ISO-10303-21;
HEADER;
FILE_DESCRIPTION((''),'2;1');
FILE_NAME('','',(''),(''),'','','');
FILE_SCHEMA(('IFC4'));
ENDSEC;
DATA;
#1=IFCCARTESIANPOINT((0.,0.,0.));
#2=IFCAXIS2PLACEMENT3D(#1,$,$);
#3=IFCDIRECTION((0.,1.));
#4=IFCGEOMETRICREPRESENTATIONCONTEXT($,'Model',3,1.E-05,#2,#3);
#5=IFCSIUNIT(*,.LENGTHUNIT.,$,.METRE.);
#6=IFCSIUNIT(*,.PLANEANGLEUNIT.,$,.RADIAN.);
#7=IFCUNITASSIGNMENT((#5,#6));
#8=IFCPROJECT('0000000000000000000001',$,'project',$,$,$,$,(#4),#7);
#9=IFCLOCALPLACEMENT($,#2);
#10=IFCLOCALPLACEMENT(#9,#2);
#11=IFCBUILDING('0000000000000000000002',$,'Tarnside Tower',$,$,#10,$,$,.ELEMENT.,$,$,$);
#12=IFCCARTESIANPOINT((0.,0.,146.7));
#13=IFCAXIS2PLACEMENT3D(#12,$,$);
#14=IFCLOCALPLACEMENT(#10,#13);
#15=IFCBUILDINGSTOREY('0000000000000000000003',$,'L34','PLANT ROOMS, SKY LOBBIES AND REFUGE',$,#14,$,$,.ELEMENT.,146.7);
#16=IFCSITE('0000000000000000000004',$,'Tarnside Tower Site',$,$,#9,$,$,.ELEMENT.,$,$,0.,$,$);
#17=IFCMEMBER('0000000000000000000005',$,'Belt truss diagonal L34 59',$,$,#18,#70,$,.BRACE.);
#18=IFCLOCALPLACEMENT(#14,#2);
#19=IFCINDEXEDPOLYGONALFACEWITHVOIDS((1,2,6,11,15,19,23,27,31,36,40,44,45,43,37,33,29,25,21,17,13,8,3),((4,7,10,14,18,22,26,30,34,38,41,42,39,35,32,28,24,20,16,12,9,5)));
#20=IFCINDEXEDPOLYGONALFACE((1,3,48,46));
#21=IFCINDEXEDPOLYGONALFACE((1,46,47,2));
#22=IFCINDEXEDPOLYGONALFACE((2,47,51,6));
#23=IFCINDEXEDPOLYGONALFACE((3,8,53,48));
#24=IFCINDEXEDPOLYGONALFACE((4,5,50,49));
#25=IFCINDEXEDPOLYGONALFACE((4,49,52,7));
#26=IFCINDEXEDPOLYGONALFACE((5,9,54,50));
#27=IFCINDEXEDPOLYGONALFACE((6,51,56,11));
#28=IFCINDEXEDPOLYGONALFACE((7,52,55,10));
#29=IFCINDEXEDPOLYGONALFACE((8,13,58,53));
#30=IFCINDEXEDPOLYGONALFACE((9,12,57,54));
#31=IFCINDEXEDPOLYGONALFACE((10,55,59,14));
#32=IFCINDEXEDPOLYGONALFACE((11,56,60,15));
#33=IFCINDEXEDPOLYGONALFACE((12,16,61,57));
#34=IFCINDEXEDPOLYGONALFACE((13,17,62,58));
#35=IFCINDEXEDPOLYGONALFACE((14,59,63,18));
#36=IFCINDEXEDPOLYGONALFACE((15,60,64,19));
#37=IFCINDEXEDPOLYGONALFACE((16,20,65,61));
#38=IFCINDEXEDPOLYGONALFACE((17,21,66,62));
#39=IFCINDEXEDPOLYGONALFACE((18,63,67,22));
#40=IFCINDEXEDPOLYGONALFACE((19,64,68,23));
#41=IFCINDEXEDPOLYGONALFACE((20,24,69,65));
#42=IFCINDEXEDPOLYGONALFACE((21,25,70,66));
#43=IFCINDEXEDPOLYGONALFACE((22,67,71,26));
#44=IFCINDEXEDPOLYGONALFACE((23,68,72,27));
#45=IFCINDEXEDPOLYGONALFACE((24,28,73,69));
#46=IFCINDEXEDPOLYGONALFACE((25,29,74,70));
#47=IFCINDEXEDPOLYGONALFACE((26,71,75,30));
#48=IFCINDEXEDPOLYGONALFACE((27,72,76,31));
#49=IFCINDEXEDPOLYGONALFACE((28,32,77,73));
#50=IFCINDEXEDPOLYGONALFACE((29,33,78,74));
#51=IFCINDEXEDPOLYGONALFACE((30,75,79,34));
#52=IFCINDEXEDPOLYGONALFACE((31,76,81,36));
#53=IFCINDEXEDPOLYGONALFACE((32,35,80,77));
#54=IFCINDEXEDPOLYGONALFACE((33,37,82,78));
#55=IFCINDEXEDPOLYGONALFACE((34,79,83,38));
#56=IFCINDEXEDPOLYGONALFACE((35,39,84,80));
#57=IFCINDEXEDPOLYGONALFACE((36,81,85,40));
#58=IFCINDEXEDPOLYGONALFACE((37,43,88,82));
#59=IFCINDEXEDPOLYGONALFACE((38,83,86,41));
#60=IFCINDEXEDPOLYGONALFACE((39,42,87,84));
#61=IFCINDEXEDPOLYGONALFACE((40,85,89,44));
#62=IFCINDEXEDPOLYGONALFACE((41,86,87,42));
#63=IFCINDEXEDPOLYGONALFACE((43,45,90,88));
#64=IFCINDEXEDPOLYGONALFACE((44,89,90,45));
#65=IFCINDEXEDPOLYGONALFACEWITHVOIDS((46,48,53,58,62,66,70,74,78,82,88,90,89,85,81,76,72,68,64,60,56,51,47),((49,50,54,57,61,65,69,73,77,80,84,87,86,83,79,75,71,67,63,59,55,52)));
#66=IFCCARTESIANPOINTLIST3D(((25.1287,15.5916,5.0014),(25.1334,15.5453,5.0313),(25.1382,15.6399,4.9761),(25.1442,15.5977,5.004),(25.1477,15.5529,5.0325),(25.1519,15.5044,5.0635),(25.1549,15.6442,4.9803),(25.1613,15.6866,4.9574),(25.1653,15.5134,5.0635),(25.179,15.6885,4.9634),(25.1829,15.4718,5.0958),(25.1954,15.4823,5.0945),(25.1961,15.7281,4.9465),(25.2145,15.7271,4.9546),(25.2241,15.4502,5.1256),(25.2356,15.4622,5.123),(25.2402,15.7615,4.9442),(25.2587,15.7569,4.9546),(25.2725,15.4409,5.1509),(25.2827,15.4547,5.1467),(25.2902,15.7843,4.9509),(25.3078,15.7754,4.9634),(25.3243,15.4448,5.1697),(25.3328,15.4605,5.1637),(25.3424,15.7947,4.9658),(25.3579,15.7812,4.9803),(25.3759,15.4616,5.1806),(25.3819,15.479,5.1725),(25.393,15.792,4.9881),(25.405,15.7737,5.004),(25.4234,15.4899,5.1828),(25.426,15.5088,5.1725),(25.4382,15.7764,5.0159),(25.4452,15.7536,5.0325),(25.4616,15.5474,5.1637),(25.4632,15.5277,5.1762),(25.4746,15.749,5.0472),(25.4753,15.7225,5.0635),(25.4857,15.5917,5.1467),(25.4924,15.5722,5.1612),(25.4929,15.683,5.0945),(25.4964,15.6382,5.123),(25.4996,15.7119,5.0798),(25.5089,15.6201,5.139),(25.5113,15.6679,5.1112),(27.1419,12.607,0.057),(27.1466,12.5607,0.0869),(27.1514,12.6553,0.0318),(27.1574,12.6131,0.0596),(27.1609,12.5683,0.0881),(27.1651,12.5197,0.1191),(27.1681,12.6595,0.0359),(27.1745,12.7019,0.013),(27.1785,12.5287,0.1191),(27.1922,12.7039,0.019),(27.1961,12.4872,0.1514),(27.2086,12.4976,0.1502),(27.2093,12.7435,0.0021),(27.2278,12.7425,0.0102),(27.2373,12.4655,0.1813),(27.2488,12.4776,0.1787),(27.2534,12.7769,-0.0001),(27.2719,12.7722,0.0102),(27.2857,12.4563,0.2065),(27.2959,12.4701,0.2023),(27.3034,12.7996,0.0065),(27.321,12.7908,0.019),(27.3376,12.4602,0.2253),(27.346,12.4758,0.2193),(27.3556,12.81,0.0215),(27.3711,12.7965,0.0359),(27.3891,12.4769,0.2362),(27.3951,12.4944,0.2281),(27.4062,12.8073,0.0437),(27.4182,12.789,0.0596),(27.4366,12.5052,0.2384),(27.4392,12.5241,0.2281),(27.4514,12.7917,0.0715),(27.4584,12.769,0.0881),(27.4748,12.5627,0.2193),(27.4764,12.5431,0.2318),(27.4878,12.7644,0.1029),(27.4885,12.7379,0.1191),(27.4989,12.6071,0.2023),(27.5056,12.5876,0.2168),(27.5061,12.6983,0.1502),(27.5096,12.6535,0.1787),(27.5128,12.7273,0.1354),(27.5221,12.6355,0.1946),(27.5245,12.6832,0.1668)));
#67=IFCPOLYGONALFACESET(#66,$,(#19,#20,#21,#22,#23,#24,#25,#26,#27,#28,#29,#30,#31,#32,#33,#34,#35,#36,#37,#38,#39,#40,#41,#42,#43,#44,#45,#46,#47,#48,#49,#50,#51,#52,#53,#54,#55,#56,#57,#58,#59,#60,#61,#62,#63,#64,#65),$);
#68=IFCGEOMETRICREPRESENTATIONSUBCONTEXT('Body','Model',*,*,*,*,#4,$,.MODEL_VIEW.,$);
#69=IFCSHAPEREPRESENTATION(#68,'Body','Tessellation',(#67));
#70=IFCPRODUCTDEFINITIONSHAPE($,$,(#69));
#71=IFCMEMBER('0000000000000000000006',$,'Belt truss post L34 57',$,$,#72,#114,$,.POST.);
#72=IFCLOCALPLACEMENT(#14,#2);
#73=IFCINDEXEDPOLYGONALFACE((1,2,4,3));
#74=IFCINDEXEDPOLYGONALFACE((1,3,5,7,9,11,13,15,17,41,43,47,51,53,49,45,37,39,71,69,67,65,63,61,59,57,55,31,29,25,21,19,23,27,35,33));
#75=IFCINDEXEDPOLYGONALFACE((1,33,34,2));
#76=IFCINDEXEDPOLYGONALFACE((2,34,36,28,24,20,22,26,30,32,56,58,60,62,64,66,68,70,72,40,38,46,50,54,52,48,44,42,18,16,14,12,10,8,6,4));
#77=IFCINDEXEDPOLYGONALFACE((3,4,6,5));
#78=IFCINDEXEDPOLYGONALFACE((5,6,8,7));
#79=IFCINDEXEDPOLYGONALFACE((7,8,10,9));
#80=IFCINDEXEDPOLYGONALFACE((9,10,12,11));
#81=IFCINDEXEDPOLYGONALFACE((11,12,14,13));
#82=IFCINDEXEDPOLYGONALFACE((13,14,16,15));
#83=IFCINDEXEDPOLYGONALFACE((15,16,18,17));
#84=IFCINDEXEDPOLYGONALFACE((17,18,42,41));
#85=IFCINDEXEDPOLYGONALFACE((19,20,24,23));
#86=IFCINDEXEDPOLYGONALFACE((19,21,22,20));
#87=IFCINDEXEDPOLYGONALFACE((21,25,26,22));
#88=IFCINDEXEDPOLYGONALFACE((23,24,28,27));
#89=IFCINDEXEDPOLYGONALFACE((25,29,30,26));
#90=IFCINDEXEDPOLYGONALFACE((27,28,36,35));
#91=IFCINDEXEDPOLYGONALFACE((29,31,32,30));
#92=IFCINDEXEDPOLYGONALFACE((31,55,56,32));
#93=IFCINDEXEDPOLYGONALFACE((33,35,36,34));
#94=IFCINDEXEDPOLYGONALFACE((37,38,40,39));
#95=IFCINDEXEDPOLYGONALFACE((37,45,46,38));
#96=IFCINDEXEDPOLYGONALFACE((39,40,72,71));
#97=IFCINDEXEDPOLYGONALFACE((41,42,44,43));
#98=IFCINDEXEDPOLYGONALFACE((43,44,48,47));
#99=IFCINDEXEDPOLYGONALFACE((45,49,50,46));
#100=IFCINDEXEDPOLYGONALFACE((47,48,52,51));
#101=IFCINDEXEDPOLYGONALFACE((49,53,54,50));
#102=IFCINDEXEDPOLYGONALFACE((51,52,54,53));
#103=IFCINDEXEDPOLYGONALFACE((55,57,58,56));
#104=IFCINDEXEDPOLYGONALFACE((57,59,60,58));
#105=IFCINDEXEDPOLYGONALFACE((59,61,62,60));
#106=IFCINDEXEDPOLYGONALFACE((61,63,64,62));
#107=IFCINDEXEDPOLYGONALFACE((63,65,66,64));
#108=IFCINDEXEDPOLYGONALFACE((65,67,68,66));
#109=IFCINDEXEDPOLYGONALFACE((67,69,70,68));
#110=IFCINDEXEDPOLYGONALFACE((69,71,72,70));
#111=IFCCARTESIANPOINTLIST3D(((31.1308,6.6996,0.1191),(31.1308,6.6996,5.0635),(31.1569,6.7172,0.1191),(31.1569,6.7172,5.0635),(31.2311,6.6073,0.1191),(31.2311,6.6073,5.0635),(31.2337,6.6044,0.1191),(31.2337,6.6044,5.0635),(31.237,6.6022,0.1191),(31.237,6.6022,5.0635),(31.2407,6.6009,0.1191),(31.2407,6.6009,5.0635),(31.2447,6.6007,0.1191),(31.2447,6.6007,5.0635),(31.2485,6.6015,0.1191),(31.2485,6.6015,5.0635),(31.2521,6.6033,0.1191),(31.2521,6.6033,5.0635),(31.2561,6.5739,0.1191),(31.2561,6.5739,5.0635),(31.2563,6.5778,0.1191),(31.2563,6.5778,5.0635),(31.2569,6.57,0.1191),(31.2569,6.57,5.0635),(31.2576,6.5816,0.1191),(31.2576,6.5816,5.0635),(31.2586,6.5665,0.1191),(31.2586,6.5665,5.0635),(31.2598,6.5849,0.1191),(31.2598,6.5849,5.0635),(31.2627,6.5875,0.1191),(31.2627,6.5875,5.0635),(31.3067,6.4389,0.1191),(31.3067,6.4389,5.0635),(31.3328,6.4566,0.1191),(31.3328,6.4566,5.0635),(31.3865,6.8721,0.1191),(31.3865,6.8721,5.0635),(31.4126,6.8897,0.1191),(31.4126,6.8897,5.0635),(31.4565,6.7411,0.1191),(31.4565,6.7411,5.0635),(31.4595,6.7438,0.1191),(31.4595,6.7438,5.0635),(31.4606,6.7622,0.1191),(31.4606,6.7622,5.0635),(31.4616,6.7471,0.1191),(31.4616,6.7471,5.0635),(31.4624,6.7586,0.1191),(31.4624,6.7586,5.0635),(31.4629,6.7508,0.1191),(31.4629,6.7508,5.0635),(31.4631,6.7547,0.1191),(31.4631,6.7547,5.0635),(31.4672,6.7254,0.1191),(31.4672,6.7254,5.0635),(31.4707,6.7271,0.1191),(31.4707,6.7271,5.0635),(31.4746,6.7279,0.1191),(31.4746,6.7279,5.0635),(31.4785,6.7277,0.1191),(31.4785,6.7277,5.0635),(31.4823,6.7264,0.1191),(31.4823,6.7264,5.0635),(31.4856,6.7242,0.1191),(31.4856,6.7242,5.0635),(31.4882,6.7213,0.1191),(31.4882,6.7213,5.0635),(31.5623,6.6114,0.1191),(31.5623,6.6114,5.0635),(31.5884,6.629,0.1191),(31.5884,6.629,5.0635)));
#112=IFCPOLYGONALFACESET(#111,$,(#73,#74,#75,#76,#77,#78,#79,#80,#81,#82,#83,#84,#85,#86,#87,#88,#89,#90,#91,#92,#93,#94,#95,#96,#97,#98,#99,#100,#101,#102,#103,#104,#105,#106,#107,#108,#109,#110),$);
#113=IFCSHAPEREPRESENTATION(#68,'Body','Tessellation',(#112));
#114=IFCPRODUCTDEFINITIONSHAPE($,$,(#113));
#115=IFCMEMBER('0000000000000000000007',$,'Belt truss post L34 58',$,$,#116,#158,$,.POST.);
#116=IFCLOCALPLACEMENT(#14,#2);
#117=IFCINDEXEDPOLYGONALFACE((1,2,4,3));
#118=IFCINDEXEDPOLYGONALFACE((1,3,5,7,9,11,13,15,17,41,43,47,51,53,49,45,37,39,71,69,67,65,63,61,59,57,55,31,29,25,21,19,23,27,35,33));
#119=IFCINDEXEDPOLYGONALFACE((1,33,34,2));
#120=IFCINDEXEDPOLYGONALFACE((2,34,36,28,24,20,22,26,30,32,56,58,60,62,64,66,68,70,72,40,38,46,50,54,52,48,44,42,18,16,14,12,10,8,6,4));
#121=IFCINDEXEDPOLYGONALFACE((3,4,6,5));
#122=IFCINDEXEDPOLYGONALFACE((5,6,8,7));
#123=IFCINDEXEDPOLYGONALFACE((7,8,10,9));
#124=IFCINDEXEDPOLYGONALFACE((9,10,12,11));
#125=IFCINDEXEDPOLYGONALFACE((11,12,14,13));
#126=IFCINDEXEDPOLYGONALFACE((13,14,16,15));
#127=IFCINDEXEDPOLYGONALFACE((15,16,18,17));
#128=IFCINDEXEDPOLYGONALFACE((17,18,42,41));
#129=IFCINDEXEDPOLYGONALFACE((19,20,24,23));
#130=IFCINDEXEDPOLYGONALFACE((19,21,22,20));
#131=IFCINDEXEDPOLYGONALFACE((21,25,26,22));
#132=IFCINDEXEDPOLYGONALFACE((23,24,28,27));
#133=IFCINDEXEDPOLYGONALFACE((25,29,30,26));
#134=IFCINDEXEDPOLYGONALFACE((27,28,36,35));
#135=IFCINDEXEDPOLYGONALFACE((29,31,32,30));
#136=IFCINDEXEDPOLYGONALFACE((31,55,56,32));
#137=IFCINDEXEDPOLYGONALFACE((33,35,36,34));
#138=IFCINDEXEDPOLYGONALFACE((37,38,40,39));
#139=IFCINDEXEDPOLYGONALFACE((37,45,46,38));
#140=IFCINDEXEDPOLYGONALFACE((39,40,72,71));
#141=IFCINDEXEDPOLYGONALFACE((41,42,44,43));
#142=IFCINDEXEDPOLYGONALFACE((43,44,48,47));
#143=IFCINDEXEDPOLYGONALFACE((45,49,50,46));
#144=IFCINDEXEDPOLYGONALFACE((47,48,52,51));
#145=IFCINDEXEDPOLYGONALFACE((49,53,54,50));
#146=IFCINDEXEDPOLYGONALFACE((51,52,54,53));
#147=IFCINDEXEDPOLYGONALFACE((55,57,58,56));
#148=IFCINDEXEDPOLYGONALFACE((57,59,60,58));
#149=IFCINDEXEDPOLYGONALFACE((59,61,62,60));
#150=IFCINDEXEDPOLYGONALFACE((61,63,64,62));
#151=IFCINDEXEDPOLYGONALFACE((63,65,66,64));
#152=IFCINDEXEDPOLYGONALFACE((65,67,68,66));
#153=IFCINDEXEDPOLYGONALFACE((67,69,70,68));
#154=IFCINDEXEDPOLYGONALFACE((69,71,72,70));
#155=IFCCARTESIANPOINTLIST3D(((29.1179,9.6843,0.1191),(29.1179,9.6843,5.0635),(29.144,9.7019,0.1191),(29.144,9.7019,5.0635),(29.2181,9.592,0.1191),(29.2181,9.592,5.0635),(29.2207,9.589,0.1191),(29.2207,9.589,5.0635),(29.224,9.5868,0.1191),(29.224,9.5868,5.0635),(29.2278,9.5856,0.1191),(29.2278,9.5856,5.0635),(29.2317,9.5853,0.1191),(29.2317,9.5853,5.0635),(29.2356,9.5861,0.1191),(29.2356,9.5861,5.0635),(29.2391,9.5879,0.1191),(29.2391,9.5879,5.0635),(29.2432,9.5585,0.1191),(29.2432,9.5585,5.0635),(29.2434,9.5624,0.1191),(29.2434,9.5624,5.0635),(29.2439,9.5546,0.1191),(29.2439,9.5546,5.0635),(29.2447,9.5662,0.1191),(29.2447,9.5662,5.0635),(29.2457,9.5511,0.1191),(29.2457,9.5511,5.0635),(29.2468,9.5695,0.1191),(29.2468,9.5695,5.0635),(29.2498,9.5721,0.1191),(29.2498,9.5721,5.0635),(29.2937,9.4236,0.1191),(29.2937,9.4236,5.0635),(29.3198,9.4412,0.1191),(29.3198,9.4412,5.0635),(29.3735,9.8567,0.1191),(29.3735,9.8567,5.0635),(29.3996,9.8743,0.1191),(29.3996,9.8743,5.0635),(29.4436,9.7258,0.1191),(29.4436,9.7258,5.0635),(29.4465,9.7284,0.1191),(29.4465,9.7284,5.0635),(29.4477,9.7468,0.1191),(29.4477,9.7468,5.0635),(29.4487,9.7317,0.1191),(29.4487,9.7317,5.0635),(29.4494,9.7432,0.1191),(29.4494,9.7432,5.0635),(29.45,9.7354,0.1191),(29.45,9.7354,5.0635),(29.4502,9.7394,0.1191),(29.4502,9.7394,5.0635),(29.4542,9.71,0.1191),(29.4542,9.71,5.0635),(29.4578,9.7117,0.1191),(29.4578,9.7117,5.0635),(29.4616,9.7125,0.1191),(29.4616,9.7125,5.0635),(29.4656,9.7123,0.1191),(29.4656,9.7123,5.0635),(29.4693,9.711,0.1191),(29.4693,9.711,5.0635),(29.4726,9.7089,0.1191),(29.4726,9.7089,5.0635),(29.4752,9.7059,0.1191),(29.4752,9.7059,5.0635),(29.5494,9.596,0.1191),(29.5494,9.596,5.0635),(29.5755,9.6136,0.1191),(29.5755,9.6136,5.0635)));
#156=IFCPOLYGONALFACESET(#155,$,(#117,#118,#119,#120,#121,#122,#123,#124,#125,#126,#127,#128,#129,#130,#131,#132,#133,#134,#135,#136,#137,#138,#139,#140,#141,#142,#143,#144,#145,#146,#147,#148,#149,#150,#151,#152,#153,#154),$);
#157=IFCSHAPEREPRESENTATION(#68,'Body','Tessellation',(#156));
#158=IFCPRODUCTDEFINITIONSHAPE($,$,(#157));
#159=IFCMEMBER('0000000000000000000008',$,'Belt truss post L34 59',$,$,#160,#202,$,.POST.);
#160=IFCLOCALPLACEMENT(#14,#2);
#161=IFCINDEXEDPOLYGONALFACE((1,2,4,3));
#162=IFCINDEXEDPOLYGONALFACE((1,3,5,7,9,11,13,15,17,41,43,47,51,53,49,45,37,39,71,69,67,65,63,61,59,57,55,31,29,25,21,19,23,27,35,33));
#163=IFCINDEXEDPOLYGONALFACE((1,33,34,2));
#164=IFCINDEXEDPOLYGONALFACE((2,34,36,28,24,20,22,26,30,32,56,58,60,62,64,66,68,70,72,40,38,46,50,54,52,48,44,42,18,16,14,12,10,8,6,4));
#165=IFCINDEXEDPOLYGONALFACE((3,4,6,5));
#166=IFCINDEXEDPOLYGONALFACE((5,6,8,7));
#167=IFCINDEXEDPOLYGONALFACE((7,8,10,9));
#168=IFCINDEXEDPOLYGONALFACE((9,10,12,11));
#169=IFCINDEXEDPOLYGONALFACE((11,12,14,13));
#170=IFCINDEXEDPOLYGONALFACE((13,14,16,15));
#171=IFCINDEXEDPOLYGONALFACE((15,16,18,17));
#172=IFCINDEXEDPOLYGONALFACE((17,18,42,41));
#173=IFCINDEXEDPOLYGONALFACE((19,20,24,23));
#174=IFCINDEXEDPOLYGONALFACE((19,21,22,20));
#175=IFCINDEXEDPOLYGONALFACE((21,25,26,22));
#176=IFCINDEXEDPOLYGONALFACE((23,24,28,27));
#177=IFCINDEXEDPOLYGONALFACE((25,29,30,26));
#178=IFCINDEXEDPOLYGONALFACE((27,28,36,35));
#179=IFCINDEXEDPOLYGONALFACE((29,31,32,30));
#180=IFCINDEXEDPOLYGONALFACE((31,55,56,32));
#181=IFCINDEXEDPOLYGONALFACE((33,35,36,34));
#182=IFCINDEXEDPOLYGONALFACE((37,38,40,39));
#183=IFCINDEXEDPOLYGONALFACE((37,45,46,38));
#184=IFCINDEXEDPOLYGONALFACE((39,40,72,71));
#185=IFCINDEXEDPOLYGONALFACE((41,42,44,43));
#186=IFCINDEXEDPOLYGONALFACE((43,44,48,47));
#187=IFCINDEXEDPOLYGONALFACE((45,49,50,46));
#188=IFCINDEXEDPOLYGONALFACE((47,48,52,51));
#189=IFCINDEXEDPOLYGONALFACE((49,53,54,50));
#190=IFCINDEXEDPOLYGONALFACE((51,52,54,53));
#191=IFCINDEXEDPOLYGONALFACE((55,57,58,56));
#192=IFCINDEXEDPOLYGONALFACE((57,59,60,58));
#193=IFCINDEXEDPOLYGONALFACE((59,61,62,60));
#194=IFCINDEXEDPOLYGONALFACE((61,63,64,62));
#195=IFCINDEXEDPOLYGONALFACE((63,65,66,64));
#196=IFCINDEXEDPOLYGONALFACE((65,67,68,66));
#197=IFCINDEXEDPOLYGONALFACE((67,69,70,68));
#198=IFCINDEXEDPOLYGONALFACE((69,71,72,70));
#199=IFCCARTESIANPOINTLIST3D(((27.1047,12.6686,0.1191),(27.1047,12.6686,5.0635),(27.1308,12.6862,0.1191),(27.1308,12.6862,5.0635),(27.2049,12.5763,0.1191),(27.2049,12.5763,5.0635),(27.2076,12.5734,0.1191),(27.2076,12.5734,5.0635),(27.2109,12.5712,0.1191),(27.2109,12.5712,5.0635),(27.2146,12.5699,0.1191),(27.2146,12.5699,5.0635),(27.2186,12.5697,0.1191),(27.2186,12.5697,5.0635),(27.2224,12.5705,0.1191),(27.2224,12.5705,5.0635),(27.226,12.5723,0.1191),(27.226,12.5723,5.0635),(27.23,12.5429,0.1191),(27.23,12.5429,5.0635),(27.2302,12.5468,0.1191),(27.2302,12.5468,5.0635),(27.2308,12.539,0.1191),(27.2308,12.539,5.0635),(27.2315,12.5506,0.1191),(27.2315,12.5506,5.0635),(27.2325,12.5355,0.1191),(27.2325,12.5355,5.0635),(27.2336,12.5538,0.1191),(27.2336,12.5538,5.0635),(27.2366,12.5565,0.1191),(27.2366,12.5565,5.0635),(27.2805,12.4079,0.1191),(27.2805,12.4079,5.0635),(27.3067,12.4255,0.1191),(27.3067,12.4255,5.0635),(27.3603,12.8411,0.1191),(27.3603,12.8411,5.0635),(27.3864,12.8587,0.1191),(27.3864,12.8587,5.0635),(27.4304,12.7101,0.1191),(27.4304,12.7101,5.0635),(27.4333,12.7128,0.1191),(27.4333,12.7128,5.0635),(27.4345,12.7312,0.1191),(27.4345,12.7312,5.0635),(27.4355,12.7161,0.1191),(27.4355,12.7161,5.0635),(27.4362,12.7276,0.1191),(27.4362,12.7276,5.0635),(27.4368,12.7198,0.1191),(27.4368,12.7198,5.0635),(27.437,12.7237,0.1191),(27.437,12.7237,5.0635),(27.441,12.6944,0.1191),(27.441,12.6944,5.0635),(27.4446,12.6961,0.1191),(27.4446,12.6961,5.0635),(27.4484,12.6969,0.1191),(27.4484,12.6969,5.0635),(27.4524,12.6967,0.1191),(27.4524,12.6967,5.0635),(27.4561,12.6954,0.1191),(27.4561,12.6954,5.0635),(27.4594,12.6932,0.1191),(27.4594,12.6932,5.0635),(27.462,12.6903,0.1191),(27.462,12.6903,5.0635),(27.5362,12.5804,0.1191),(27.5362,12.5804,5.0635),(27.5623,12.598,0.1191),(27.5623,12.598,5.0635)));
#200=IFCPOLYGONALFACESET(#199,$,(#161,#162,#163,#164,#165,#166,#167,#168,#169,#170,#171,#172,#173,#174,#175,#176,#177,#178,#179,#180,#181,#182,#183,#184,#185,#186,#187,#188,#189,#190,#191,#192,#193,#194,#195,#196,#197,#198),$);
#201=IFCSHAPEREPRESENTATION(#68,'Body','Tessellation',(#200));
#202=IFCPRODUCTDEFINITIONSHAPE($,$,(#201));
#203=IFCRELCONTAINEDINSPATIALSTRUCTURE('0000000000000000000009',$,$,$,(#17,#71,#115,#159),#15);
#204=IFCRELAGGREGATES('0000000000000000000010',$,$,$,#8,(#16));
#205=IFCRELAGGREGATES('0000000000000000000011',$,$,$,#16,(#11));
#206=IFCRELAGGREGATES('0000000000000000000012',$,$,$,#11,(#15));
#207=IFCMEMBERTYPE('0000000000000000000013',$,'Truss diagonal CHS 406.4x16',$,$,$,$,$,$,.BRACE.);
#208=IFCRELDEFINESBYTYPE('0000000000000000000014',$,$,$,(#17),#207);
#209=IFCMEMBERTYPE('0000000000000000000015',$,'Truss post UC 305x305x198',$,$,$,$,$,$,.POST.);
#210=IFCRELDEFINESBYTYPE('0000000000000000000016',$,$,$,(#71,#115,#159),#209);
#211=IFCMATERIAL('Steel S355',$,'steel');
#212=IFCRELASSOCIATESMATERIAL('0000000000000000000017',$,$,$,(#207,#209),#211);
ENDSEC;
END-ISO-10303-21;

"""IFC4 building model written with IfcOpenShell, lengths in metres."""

from ifc_helpers import new_model, si_unit, direction, frame, origin, origin_2d, place, context, subcontext, project, spatial, hollow_circle, i_section, extrude, material, material_profile, profile_set, type_object, element, save


model = new_model("IFC4")

# Units and contexts
model_context = context("Model", 3, precision=1e-05, world=origin(), true_north=direction((0.0, 1.0)))
body_context = subcontext(model_context, "Body", "Model", "MODEL_VIEW")
ifc_project = project(units=[si_unit("LENGTHUNIT", "METRE"), si_unit("PLANEANGLEUNIT", "RADIAN")], contexts=[model_context])

# Site, building, storey
site_placement = place(None, origin())
site = spatial("IfcSite", under=ifc_project, at=site_placement, Name="Tarnside Tower Site", CompositionType="ELEMENT", RefElevation=0.0)
building_placement = place(site_placement, origin())
building = spatial("IfcBuilding", under=site, at=building_placement, Name="Tarnside Tower", CompositionType="ELEMENT")
storey_placement = place(building_placement, frame((0.0, 0.0, 146.7)))
storey = spatial("IfcBuildingStorey", under=building, at=storey_placement, Name="L34", Description="PLANT ROOMS, SKY LOBBIES AND REFUGE", CompositionType="ELEMENT", Elevation=146.7)

# Shared definitions
ifc_material_1 = material(Name="Steel S355", Category="steel")

# Members
ifc_material_profile_1 = material_profile(ifc_material_1, hollow_circle(Radius=0.2031, WallThickness=0.0161, at=origin_2d()), Name="CHS 406.4x16")
ifc_profile_set_1 = profile_set([ifc_material_profile_1], Name="Steel S355")
member_type_1 = type_object("IfcMemberType", Name="Truss diagonal CHS 406.4x16", PredefinedType="BRACE", material=ifc_profile_set_1)
member_1_placement = place(storey_placement, frame((27.3335, 12.6333, 0.1191), z_axis=(-0.329159, 0.48799, 0.808406), x_axis=(-0.829033, -0.559199, 0.0)))
element("IfcMember", 1, at=member_1_placement, inside=storey, type_object=member_type_1, Name="Belt truss diagonal L34 59", PredefinedType="BRACE", context=body_context, shape_type="SweptSolid", body=[
    extrude(hollow_circle(Radius=0.2031, WallThickness=0.0161, at=origin_2d()), origin(), (0.0, 0.0, 1.0), 6.1162),
])
ifc_material_profile_2 = material_profile(ifc_material_1, i_section(OverallWidth=0.3145, OverallDepth=0.3398, WebThickness=0.019, FlangeThickness=0.0315, FilletRadius=0.0151, at=origin_2d()), Name="UC 305x305x198")
ifc_profile_set_2 = profile_set([ifc_material_profile_2], Name="Steel S355")
member_type_2 = type_object("IfcMemberType", Name="Truss post UC 305x305x198", PredefinedType="POST", material=ifc_profile_set_2)
for number, where, z_axis, x_axis, name in (
    (2, (31.3596, 6.6643, 0.1191), (0.0, 0.0, 1.0), (-0.559193, 0.829038, 0.0), "Belt truss post L34 57"),
    (3, (29.3467, 9.6489, 0.1191), (0.0, 0.0, 1.0), (-0.559193, 0.829038, 0.0), "Belt truss post L34 58"),
    (4, (27.3335, 12.6333, 0.1191), (0.0, 0.0, 1.0), (-0.559193, 0.829038, 0.0), "Belt truss post L34 59"),
):
    element("IfcMember", number, at=place(storey_placement, frame(where, z_axis=z_axis, x_axis=x_axis)), inside=storey, type_object=member_type_2, Name=name, PredefinedType="POST", context=body_context, shape_type="SweptSolid", body=[
        extrude(i_section(OverallWidth=0.3145, OverallDepth=0.3398, WebThickness=0.019, FlangeThickness=0.0315, FilletRadius=0.0151, at=origin_2d()), origin(), (0.0, 0.0, 1.0), 4.9443),
    ])

save(model, "model.ifc")
